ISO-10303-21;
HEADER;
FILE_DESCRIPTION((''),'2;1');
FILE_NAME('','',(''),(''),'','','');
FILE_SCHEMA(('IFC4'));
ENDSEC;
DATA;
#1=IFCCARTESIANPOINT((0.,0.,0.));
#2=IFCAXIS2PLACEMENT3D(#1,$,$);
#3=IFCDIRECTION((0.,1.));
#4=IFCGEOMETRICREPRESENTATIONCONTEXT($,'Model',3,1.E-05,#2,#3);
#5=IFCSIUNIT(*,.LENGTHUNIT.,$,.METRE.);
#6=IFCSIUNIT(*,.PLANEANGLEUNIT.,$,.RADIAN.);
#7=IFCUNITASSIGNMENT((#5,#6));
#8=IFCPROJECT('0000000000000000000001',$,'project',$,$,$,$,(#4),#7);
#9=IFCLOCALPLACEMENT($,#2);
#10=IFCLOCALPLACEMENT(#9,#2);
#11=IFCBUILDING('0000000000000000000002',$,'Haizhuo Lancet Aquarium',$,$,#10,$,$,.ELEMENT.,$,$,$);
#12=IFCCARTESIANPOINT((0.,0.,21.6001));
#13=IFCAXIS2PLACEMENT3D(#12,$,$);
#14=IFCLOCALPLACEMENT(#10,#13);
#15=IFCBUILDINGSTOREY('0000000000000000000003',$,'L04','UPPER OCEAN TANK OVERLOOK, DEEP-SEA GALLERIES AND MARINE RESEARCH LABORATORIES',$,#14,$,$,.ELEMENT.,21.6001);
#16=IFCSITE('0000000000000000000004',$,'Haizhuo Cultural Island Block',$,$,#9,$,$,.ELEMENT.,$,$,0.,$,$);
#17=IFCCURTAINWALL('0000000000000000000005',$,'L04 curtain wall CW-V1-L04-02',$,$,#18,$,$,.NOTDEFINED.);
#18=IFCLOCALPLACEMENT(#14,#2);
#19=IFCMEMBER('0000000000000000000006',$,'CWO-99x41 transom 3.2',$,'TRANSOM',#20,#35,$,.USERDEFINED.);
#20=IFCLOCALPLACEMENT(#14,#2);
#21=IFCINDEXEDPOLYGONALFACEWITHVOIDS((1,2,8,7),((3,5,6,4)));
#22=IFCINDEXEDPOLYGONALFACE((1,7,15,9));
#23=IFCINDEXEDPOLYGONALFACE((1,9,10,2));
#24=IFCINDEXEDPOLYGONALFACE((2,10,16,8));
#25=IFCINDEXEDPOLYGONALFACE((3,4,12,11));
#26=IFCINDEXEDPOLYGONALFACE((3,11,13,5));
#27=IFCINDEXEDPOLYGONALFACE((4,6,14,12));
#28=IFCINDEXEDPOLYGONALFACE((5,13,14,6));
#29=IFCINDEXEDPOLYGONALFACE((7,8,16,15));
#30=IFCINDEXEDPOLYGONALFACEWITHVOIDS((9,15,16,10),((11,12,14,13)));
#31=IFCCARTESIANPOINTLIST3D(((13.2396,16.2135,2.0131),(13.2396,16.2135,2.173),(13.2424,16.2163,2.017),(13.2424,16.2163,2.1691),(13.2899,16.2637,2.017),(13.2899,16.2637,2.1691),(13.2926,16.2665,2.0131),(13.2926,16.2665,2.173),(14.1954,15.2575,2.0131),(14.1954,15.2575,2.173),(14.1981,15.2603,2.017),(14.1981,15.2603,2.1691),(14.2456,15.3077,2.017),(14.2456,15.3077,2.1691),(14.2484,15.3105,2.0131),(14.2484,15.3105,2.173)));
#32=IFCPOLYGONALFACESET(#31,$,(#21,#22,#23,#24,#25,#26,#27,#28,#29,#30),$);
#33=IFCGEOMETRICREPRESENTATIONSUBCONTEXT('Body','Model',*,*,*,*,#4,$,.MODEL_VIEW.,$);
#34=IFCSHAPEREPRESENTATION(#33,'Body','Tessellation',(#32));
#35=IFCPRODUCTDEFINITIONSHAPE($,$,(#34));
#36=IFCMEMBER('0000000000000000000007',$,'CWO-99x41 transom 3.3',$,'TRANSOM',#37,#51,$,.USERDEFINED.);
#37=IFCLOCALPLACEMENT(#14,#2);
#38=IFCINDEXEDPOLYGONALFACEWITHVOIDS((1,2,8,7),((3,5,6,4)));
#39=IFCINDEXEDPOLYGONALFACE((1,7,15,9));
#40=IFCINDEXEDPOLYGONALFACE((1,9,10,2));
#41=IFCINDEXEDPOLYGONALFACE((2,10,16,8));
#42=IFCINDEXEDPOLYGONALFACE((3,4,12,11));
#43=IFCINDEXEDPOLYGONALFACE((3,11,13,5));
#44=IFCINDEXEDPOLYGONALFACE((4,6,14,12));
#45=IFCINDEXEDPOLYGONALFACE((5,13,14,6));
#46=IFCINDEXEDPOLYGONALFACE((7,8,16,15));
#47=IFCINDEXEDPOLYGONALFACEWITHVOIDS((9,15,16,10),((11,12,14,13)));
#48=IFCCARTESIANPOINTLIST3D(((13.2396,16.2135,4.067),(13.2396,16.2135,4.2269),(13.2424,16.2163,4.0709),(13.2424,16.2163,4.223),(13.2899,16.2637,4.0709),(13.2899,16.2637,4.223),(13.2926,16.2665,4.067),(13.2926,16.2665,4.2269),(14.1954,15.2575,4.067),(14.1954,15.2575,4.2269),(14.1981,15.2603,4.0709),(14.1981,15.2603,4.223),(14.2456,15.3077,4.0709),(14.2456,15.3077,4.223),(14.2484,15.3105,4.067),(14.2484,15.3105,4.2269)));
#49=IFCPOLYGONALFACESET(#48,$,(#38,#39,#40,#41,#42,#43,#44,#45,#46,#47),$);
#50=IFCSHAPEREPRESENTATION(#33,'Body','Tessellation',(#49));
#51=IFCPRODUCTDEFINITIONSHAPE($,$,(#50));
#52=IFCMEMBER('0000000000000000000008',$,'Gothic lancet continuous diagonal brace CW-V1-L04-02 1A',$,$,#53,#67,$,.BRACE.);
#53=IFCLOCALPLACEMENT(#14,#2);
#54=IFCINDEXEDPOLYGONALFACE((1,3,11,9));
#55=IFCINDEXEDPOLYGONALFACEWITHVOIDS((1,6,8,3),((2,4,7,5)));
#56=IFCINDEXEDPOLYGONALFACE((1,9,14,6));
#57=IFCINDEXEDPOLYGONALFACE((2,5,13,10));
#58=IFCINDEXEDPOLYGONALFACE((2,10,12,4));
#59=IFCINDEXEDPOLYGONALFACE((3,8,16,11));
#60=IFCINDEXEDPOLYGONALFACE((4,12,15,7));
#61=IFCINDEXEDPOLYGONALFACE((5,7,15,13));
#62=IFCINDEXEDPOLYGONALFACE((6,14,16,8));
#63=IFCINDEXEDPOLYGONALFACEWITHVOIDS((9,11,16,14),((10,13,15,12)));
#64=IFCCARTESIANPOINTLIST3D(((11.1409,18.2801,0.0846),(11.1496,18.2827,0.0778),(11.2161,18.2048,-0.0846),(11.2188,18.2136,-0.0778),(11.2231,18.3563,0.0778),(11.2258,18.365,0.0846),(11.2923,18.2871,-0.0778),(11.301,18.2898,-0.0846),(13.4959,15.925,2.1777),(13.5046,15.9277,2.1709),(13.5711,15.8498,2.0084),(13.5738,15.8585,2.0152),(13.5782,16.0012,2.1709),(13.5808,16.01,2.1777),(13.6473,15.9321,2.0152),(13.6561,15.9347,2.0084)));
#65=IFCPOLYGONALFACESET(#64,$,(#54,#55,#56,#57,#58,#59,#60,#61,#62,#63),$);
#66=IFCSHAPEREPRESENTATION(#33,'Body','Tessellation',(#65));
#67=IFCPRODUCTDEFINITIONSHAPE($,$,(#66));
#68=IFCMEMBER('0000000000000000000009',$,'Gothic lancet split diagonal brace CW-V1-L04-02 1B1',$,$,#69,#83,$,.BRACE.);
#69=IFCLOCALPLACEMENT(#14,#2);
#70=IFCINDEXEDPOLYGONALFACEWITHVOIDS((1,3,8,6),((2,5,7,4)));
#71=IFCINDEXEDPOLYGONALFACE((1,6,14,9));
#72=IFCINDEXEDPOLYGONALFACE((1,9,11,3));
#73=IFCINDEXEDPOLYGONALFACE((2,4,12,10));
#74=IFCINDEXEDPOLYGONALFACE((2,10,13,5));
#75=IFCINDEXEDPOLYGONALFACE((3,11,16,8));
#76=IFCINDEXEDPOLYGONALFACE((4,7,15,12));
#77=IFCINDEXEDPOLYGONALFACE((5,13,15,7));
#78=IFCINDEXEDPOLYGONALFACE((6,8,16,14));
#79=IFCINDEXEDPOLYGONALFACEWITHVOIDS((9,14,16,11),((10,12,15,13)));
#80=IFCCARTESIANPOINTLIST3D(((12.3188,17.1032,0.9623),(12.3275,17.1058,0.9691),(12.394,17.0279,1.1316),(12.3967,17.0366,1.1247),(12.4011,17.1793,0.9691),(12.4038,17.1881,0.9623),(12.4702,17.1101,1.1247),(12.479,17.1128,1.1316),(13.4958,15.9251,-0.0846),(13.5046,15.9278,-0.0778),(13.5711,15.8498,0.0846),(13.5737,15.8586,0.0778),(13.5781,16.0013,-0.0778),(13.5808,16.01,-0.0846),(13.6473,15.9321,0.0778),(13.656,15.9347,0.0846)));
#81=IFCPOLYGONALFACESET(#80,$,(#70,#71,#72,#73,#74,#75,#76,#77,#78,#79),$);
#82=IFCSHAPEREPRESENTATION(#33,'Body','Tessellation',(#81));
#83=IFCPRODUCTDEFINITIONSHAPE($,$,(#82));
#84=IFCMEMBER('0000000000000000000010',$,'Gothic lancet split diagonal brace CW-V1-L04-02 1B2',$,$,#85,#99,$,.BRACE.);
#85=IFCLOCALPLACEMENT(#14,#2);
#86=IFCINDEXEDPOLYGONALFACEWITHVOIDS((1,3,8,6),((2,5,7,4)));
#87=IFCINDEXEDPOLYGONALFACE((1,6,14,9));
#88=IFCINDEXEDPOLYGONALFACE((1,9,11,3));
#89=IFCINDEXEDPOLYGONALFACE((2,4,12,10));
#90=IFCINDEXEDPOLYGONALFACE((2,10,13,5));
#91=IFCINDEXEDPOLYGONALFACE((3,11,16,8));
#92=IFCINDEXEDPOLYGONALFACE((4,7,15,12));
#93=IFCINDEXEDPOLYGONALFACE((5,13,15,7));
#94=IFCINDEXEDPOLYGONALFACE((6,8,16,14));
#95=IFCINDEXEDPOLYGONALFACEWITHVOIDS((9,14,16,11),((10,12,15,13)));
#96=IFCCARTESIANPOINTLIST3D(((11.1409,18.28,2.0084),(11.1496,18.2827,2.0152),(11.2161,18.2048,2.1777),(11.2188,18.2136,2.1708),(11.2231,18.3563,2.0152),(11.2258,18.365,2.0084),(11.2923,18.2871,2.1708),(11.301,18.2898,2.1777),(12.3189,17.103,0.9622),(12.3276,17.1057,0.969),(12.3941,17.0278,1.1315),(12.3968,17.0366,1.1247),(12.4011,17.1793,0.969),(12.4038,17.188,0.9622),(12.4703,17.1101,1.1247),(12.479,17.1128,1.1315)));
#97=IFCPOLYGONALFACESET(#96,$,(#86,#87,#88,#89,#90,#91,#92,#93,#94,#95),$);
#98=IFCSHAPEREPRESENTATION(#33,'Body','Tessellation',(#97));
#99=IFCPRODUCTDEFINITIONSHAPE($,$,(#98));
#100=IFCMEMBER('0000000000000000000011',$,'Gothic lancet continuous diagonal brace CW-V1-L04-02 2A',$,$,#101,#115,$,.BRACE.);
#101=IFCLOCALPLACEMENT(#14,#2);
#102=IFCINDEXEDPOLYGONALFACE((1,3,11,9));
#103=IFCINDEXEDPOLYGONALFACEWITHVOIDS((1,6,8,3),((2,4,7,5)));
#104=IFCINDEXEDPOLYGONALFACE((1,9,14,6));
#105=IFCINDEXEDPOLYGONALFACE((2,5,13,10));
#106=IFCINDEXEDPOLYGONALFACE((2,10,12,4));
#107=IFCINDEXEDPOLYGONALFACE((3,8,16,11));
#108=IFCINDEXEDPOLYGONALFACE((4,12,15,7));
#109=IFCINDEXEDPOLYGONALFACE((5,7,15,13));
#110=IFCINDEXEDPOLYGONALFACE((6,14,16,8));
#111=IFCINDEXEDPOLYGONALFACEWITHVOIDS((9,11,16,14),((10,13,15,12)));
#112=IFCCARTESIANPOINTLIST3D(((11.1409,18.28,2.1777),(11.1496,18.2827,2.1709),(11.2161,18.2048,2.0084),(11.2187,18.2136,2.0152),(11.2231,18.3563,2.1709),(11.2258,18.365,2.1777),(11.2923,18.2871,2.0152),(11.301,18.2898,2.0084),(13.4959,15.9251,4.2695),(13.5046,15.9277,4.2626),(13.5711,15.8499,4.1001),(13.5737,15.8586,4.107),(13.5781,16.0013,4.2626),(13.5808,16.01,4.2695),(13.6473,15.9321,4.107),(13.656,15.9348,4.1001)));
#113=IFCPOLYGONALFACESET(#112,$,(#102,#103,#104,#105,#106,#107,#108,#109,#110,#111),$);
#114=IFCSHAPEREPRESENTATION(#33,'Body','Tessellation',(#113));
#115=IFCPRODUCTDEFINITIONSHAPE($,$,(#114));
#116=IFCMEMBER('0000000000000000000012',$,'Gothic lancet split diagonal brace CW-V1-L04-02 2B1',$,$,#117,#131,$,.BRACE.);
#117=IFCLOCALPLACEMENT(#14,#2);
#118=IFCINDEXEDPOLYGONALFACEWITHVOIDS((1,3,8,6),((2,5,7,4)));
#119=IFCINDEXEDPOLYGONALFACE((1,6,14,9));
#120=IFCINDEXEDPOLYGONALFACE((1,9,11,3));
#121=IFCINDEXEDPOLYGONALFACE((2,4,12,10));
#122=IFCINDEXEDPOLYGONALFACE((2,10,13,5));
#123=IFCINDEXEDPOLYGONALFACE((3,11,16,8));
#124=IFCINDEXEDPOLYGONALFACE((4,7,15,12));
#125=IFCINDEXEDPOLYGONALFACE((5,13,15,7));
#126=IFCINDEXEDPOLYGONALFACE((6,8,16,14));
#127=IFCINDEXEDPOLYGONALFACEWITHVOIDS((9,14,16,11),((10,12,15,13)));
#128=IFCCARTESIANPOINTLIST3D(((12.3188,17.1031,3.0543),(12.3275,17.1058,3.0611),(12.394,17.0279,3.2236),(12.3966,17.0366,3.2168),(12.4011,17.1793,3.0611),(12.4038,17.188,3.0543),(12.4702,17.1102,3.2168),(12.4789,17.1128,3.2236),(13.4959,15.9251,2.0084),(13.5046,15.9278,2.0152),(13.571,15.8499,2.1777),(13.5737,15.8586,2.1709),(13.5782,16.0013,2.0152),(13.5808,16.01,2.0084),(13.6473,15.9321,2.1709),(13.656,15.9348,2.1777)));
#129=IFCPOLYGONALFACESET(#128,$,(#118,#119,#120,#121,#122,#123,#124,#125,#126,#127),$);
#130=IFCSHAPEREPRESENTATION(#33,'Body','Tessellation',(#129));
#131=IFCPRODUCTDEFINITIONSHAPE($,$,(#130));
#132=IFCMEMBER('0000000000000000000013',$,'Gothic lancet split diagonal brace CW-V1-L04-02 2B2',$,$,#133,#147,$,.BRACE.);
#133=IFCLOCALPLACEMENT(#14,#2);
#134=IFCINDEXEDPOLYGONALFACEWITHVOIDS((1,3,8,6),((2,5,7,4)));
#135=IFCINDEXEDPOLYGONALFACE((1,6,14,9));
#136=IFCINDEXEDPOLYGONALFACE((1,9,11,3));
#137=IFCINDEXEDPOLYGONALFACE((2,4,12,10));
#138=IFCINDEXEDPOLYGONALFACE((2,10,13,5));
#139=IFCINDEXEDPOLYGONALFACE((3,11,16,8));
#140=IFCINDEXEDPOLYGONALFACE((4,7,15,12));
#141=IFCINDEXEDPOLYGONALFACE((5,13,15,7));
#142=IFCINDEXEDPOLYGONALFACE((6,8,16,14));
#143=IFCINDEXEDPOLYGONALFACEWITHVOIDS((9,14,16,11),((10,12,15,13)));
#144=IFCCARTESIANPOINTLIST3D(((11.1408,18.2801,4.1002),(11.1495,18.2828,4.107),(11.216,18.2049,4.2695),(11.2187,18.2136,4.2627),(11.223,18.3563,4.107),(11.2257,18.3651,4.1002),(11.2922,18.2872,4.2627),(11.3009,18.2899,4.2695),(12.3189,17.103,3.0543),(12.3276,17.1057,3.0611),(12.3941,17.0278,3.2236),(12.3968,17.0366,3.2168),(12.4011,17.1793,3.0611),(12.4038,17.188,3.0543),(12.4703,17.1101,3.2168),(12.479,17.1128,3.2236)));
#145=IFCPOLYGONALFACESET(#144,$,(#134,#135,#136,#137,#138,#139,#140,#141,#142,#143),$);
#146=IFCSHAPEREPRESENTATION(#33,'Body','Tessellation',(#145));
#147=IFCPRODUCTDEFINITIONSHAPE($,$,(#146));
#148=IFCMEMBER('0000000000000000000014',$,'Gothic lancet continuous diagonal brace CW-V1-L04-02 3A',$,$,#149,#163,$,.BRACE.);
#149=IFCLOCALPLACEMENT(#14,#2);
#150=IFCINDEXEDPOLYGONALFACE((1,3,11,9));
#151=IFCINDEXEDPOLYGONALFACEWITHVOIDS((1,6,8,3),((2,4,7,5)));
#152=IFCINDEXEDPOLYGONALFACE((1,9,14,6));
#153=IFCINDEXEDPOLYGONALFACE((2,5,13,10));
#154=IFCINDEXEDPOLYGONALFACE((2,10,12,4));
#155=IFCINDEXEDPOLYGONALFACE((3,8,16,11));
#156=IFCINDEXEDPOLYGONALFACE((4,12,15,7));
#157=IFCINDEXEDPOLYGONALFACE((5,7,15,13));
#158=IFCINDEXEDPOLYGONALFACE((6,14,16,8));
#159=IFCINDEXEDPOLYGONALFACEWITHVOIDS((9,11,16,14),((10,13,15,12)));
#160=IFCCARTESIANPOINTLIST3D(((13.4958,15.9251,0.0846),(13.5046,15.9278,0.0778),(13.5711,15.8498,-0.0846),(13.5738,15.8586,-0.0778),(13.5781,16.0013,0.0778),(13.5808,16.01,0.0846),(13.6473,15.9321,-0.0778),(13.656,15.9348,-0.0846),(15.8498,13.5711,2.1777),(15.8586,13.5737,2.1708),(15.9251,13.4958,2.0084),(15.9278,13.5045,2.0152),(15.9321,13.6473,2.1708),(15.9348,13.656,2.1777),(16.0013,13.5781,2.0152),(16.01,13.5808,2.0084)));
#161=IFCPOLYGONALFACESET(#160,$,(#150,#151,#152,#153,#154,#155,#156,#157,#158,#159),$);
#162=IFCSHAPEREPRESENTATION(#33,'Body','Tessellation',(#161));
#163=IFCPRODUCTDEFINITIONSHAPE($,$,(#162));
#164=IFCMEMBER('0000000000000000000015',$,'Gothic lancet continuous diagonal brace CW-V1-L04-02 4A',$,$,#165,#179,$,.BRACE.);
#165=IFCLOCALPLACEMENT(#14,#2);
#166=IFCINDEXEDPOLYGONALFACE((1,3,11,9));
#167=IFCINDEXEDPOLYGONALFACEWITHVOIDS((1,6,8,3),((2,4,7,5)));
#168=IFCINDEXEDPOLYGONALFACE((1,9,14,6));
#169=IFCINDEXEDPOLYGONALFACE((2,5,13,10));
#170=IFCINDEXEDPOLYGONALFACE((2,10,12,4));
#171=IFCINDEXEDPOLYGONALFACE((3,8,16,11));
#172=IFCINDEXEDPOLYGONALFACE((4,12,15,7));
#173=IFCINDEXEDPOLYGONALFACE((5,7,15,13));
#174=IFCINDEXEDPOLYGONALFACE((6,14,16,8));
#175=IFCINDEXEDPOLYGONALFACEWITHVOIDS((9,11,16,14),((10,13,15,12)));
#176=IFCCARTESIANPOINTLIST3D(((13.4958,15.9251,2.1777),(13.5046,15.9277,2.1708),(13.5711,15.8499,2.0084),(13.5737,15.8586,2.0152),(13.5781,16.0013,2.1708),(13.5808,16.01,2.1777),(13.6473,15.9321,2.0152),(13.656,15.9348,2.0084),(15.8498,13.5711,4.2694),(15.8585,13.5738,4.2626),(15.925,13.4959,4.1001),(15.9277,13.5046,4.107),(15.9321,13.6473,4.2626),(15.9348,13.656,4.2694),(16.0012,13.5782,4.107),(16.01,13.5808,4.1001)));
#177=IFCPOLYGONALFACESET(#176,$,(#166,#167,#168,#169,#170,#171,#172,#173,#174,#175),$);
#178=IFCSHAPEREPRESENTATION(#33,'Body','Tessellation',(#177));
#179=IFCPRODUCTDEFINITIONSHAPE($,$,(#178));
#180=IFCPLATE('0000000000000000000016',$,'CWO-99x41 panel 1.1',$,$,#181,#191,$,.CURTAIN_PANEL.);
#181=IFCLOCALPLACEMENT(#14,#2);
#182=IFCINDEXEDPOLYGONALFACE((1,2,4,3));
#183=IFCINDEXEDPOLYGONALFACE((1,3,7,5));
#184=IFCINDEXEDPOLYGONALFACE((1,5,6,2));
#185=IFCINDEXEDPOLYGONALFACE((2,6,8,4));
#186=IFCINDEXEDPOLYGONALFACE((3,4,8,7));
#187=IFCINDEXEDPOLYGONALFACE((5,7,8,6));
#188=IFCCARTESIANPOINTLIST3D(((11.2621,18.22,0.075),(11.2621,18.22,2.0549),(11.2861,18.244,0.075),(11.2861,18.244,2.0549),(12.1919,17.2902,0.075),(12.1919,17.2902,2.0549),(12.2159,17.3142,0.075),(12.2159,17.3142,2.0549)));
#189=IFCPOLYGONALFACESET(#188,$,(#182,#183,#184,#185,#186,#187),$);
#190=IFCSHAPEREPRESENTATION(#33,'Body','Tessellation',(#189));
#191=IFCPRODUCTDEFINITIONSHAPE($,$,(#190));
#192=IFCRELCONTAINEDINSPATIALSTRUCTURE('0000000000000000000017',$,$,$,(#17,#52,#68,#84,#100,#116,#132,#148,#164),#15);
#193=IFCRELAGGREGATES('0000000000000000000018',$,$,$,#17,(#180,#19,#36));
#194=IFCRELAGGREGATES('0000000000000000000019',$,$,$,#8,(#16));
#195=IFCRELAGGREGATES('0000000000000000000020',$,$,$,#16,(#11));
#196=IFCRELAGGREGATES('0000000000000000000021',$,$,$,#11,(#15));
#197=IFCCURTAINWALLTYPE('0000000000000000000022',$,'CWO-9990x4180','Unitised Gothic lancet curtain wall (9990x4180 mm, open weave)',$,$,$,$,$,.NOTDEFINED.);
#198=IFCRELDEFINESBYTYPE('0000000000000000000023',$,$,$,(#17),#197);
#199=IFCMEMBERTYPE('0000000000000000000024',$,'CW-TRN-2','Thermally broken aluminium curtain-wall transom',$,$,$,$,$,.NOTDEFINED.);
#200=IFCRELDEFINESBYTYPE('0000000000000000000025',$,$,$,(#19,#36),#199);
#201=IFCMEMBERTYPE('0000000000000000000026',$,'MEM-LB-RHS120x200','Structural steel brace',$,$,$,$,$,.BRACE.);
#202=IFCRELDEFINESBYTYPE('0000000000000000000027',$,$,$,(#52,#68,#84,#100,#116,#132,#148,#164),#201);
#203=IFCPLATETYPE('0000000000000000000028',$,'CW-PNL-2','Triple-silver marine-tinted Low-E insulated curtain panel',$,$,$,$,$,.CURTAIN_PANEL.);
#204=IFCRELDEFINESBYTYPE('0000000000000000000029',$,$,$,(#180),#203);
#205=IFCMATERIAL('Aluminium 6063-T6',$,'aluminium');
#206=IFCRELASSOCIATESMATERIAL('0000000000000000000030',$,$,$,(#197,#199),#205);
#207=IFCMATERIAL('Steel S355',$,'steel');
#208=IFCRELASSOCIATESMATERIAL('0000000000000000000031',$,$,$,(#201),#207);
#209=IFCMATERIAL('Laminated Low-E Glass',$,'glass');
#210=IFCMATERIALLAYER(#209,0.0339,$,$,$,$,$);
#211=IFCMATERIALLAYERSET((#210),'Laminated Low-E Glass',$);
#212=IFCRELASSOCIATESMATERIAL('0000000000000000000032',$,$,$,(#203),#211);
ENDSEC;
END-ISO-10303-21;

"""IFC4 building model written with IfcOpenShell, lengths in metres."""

from ifc_helpers import new_model, si_unit, direction, frame, origin, origin_2d, place, context, subcontext, project, spatial, rectangle, hollow_rectangle, extrude, material, layer, layer_set, material_profile, profile_set, type_object, element, aggregate, save


model = new_model("IFC4")

# Units and contexts
model_context = context("Model", 3, precision=1e-05, world=origin(), true_north=direction((0.0, 1.0)))
body_context = subcontext(model_context, "Body", "Model", "MODEL_VIEW")
ifc_project = project(units=[si_unit("LENGTHUNIT", "METRE"), si_unit("PLANEANGLEUNIT", "RADIAN")], contexts=[model_context])

# Site, building, storey
site_placement = place(None, origin())
site = spatial("IfcSite", under=ifc_project, at=site_placement, Name="Haizhuo Cultural Island Block", CompositionType="ELEMENT", RefElevation=0.0)
building_placement = place(site_placement, origin())
building = spatial("IfcBuilding", under=site, at=building_placement, Name="Haizhuo Lancet Aquarium", CompositionType="ELEMENT")
storey_placement = place(building_placement, frame((0.0, 0.0, 21.6001)))
storey = spatial("IfcBuildingStorey", under=building, at=storey_placement, Name="L04", Description="UPPER OCEAN TANK OVERLOOK, DEEP-SEA GALLERIES AND MARINE RESEARCH LABORATORIES", CompositionType="ELEMENT", Elevation=21.6001)

# Curtain wall, members
ifc_material_1 = material(Name="Aluminium 6063-T6", Category="aluminium")
curtain_wall_type = type_object("IfcCurtainWallType", Name="CWO-9990x4180", Description="Unitised Gothic lancet curtain wall (9990x4180 mm, open weave)", PredefinedType="NOTDEFINED", material=ifc_material_1)
curtain_wall_placement = place(storey_placement, origin())
curtain_wall = element("IfcCurtainWall", 1, at=curtain_wall_placement, inside=storey, type_object=curtain_wall_type, Name="L04 curtain wall CW-V1-L04-02", PredefinedType="NOTDEFINED")
ifc_material_profile_1 = material_profile(ifc_material_1, hollow_rectangle(XDim=0.075, YDim=0.1599, WallThickness=0.0039, at=origin_2d()), Name="ALU-T 75x160x4")
ifc_profile_set_1 = profile_set([ifc_material_profile_1], Name="Aluminium 6063-T6")
member_type_1 = type_object("IfcMemberType", Name="CW-TRN-2", Description="Thermally broken aluminium curtain-wall transom", PredefinedType="NOTDEFINED", material=ifc_profile_set_1)
member_1_placement = place(storey_placement, frame((13.2661, 16.24, 2.093), z_axis=(0.707016, -0.707197, 0.0), x_axis=(0.707197, 0.707016, 0.0)))
member_1 = element("IfcMember", 2, at=member_1_placement, type_object=member_type_1, Name="CWO-99x41 transom 3.2", ObjectType="TRANSOM", PredefinedType="USERDEFINED", context=body_context, shape_type="SweptSolid", body=[
    extrude(hollow_rectangle(XDim=0.075, YDim=0.1599, WallThickness=0.0039, at=origin_2d()), origin(), (0.0, 0.0, 1.0), 1.3518),
])
member_2_placement = place(storey_placement, frame((13.2661, 16.24, 4.147), z_axis=(0.707016, -0.707197, 0.0), x_axis=(0.707197, 0.707016, 0.0)))
member_2 = element("IfcMember", 3, at=member_2_placement, type_object=member_type_1, Name="CWO-99x41 transom 3.3", ObjectType="TRANSOM", PredefinedType="USERDEFINED", context=body_context, shape_type="SweptSolid", body=[
    extrude(hollow_rectangle(XDim=0.075, YDim=0.1599, WallThickness=0.0039, at=origin_2d()), origin(), (0.0, 0.0, 1.0), 1.3518),
])

# Members
ifc_material_2 = material(Name="Steel S355", Category="steel")
ifc_material_profile_2 = material_profile(ifc_material_2, hollow_rectangle(XDim=0.1201, YDim=0.2, WallThickness=0.0081, at=origin_2d()), Name="RHS 120x200x8")
ifc_profile_set_2 = profile_set([ifc_material_profile_2], Name="Steel S355")
member_type_2 = type_object("IfcMemberType", Name="MEM-LB-RHS120x200", Description="Structural steel brace", PredefinedType="BRACE", material=ifc_profile_set_2)
member_3_placement = place(storey_placement, frame((11.2209, 18.2849, 0.0), z_axis=(0.598695, -0.598695, 0.532098), x_axis=(0.707107, 0.707107, 0.0)))
element("IfcMember", 4, at=member_3_placement, inside=storey, type_object=member_type_2, Name="Gothic lancet continuous diagonal brace CW-V1-L04-02 1A", PredefinedType="BRACE", context=body_context, shape_type="SweptSolid", body=[
    extrude(hollow_rectangle(XDim=0.1201, YDim=0.2, WallThickness=0.0081, at=origin_2d()), origin(), (0.0, 0.0, 1.0), 3.9336),
])
member_4_placement = place(storey_placement, frame((13.5759, 15.9299, 0.0), z_axis=(-0.598388, 0.598884, 0.532231), x_axis=(-0.7074, -0.706813, 0.0)))
element("IfcMember", 5, at=member_4_placement, inside=storey, type_object=member_type_2, Name="Gothic lancet split diagonal brace CW-V1-L04-02 1B1", PredefinedType="BRACE", context=body_context, shape_type="SweptSolid", body=[
    extrude(hollow_rectangle(XDim=0.1201, YDim=0.2, WallThickness=0.0081, at=origin_2d()), origin(), (0.0, 0.0, 1.0), 1.967),
])
member_5_placement = place(storey_placement, frame((12.3989, 17.1079, 1.0469), z_axis=(-0.599003, 0.598506, 0.531964), x_axis=(-0.706813, -0.7074, 0.0)))
element("IfcMember", 6, at=member_5_placement, inside=storey, type_object=member_type_2, Name="Gothic lancet split diagonal brace CW-V1-L04-02 1B2", PredefinedType="BRACE", context=body_context, shape_type="SweptSolid", body=[
    extrude(hollow_rectangle(XDim=0.1201, YDim=0.2, WallThickness=0.0081, at=origin_2d()), origin(), (0.0, 0.0, 1.0), 1.9666),
])
member_6_placement = place(storey_placement, frame((11.2209, 18.2849, 2.093), z_axis=(0.598794, -0.598794, 0.531875), x_axis=(0.707107, 0.707107, 0.0)))
element("IfcMember", 7, at=member_6_placement, inside=storey, type_object=member_type_2, Name="Gothic lancet continuous diagonal brace CW-V1-L04-02 2A", PredefinedType="BRACE", context=body_context, shape_type="SweptSolid", body=[
    extrude(hollow_rectangle(XDim=0.1201, YDim=0.2, WallThickness=0.0081, at=origin_2d()), origin(), (0.0, 0.0, 1.0), 3.9329),
])
for number, where, z_axis, x_axis, name in (
    (8, (13.5759, 15.9299, 2.093), (-0.598546, 0.599042, 0.531875), (-0.7074, -0.706813, 0.0), "Gothic lancet split diagonal brace CW-V1-L04-02 2B1"),
    (9, (12.3989, 17.1079, 3.1389), (-0.599042, 0.598546, 0.531875), (-0.706813, -0.7074, 0.0), "Gothic lancet split diagonal brace CW-V1-L04-02 2B2"),
):
    element("IfcMember", number, at=place(storey_placement, frame(where, z_axis=z_axis, x_axis=x_axis)), inside=storey, type_object=member_type_2, Name=name, PredefinedType="BRACE", context=body_context, shape_type="SweptSolid", body=[
        extrude(hollow_rectangle(XDim=0.1201, YDim=0.2, WallThickness=0.0081, at=origin_2d()), origin(), (0.0, 0.0, 1.0), 1.9666),
    ])
member_7_placement = place(storey_placement, frame((13.5759, 15.9299, 0.0), z_axis=(0.598625, -0.598625, 0.532256), x_axis=(0.707107, 0.707107, 0.0)))
element("IfcMember", 10, at=member_7_placement, inside=storey, type_object=member_type_2, Name="Gothic lancet continuous diagonal brace CW-V1-L04-02 3A", PredefinedType="BRACE", context=body_context, shape_type="SweptSolid", body=[
    extrude(hollow_rectangle(XDim=0.1201, YDim=0.2, WallThickness=0.0081, at=origin_2d()), origin(), (0.0, 0.0, 1.0), 3.9324),
])
member_8_placement = place(storey_placement, frame((13.5759, 15.9299, 2.093), z_axis=(0.598724, -0.598724, 0.532033), x_axis=(0.707107, 0.707107, 0.0)))
element("IfcMember", 11, at=member_8_placement, inside=storey, type_object=member_type_2, Name="Gothic lancet continuous diagonal brace CW-V1-L04-02 4A", PredefinedType="BRACE", context=body_context, shape_type="SweptSolid", body=[
    extrude(hollow_rectangle(XDim=0.1201, YDim=0.2, WallThickness=0.0081, at=origin_2d()), origin(), (0.0, 0.0, 1.0), 3.9316),
])

# Plate
ifc_material_3 = material(Name="Laminated Low-E Glass", Category="glass")
ifc_layer = layer(ifc_material_3, 0.0339)
ifc_layer_set = layer_set([ifc_layer], Name="Laminated Low-E Glass")
plate_type = type_object("IfcPlateType", Name="CW-PNL-2", Description="Triple-silver marine-tinted Low-E insulated curtain panel", PredefinedType="CURTAIN_PANEL", material=ifc_layer_set)
plate_1_placement = place(storey_placement, frame((11.739, 17.7671, 0.075), z_axis=(0.0, 0.0, 1.0), x_axis=(0.707107, -0.707107, 0.0)))
plate_1 = element("IfcPlate", 12, at=plate_1_placement, type_object=plate_type, Name="CWO-99x41 panel 1.1", PredefinedType="CURTAIN_PANEL", context=body_context, shape_type="SweptSolid", body=[
    extrude(rectangle(XDim=1.3149, YDim=0.0339, at=origin_2d()), origin(), (0.0, 0.0, 1.0), 1.98),
])
aggregate(curtain_wall, [plate_1, member_1, member_2])

save(model, "model.ifc")
